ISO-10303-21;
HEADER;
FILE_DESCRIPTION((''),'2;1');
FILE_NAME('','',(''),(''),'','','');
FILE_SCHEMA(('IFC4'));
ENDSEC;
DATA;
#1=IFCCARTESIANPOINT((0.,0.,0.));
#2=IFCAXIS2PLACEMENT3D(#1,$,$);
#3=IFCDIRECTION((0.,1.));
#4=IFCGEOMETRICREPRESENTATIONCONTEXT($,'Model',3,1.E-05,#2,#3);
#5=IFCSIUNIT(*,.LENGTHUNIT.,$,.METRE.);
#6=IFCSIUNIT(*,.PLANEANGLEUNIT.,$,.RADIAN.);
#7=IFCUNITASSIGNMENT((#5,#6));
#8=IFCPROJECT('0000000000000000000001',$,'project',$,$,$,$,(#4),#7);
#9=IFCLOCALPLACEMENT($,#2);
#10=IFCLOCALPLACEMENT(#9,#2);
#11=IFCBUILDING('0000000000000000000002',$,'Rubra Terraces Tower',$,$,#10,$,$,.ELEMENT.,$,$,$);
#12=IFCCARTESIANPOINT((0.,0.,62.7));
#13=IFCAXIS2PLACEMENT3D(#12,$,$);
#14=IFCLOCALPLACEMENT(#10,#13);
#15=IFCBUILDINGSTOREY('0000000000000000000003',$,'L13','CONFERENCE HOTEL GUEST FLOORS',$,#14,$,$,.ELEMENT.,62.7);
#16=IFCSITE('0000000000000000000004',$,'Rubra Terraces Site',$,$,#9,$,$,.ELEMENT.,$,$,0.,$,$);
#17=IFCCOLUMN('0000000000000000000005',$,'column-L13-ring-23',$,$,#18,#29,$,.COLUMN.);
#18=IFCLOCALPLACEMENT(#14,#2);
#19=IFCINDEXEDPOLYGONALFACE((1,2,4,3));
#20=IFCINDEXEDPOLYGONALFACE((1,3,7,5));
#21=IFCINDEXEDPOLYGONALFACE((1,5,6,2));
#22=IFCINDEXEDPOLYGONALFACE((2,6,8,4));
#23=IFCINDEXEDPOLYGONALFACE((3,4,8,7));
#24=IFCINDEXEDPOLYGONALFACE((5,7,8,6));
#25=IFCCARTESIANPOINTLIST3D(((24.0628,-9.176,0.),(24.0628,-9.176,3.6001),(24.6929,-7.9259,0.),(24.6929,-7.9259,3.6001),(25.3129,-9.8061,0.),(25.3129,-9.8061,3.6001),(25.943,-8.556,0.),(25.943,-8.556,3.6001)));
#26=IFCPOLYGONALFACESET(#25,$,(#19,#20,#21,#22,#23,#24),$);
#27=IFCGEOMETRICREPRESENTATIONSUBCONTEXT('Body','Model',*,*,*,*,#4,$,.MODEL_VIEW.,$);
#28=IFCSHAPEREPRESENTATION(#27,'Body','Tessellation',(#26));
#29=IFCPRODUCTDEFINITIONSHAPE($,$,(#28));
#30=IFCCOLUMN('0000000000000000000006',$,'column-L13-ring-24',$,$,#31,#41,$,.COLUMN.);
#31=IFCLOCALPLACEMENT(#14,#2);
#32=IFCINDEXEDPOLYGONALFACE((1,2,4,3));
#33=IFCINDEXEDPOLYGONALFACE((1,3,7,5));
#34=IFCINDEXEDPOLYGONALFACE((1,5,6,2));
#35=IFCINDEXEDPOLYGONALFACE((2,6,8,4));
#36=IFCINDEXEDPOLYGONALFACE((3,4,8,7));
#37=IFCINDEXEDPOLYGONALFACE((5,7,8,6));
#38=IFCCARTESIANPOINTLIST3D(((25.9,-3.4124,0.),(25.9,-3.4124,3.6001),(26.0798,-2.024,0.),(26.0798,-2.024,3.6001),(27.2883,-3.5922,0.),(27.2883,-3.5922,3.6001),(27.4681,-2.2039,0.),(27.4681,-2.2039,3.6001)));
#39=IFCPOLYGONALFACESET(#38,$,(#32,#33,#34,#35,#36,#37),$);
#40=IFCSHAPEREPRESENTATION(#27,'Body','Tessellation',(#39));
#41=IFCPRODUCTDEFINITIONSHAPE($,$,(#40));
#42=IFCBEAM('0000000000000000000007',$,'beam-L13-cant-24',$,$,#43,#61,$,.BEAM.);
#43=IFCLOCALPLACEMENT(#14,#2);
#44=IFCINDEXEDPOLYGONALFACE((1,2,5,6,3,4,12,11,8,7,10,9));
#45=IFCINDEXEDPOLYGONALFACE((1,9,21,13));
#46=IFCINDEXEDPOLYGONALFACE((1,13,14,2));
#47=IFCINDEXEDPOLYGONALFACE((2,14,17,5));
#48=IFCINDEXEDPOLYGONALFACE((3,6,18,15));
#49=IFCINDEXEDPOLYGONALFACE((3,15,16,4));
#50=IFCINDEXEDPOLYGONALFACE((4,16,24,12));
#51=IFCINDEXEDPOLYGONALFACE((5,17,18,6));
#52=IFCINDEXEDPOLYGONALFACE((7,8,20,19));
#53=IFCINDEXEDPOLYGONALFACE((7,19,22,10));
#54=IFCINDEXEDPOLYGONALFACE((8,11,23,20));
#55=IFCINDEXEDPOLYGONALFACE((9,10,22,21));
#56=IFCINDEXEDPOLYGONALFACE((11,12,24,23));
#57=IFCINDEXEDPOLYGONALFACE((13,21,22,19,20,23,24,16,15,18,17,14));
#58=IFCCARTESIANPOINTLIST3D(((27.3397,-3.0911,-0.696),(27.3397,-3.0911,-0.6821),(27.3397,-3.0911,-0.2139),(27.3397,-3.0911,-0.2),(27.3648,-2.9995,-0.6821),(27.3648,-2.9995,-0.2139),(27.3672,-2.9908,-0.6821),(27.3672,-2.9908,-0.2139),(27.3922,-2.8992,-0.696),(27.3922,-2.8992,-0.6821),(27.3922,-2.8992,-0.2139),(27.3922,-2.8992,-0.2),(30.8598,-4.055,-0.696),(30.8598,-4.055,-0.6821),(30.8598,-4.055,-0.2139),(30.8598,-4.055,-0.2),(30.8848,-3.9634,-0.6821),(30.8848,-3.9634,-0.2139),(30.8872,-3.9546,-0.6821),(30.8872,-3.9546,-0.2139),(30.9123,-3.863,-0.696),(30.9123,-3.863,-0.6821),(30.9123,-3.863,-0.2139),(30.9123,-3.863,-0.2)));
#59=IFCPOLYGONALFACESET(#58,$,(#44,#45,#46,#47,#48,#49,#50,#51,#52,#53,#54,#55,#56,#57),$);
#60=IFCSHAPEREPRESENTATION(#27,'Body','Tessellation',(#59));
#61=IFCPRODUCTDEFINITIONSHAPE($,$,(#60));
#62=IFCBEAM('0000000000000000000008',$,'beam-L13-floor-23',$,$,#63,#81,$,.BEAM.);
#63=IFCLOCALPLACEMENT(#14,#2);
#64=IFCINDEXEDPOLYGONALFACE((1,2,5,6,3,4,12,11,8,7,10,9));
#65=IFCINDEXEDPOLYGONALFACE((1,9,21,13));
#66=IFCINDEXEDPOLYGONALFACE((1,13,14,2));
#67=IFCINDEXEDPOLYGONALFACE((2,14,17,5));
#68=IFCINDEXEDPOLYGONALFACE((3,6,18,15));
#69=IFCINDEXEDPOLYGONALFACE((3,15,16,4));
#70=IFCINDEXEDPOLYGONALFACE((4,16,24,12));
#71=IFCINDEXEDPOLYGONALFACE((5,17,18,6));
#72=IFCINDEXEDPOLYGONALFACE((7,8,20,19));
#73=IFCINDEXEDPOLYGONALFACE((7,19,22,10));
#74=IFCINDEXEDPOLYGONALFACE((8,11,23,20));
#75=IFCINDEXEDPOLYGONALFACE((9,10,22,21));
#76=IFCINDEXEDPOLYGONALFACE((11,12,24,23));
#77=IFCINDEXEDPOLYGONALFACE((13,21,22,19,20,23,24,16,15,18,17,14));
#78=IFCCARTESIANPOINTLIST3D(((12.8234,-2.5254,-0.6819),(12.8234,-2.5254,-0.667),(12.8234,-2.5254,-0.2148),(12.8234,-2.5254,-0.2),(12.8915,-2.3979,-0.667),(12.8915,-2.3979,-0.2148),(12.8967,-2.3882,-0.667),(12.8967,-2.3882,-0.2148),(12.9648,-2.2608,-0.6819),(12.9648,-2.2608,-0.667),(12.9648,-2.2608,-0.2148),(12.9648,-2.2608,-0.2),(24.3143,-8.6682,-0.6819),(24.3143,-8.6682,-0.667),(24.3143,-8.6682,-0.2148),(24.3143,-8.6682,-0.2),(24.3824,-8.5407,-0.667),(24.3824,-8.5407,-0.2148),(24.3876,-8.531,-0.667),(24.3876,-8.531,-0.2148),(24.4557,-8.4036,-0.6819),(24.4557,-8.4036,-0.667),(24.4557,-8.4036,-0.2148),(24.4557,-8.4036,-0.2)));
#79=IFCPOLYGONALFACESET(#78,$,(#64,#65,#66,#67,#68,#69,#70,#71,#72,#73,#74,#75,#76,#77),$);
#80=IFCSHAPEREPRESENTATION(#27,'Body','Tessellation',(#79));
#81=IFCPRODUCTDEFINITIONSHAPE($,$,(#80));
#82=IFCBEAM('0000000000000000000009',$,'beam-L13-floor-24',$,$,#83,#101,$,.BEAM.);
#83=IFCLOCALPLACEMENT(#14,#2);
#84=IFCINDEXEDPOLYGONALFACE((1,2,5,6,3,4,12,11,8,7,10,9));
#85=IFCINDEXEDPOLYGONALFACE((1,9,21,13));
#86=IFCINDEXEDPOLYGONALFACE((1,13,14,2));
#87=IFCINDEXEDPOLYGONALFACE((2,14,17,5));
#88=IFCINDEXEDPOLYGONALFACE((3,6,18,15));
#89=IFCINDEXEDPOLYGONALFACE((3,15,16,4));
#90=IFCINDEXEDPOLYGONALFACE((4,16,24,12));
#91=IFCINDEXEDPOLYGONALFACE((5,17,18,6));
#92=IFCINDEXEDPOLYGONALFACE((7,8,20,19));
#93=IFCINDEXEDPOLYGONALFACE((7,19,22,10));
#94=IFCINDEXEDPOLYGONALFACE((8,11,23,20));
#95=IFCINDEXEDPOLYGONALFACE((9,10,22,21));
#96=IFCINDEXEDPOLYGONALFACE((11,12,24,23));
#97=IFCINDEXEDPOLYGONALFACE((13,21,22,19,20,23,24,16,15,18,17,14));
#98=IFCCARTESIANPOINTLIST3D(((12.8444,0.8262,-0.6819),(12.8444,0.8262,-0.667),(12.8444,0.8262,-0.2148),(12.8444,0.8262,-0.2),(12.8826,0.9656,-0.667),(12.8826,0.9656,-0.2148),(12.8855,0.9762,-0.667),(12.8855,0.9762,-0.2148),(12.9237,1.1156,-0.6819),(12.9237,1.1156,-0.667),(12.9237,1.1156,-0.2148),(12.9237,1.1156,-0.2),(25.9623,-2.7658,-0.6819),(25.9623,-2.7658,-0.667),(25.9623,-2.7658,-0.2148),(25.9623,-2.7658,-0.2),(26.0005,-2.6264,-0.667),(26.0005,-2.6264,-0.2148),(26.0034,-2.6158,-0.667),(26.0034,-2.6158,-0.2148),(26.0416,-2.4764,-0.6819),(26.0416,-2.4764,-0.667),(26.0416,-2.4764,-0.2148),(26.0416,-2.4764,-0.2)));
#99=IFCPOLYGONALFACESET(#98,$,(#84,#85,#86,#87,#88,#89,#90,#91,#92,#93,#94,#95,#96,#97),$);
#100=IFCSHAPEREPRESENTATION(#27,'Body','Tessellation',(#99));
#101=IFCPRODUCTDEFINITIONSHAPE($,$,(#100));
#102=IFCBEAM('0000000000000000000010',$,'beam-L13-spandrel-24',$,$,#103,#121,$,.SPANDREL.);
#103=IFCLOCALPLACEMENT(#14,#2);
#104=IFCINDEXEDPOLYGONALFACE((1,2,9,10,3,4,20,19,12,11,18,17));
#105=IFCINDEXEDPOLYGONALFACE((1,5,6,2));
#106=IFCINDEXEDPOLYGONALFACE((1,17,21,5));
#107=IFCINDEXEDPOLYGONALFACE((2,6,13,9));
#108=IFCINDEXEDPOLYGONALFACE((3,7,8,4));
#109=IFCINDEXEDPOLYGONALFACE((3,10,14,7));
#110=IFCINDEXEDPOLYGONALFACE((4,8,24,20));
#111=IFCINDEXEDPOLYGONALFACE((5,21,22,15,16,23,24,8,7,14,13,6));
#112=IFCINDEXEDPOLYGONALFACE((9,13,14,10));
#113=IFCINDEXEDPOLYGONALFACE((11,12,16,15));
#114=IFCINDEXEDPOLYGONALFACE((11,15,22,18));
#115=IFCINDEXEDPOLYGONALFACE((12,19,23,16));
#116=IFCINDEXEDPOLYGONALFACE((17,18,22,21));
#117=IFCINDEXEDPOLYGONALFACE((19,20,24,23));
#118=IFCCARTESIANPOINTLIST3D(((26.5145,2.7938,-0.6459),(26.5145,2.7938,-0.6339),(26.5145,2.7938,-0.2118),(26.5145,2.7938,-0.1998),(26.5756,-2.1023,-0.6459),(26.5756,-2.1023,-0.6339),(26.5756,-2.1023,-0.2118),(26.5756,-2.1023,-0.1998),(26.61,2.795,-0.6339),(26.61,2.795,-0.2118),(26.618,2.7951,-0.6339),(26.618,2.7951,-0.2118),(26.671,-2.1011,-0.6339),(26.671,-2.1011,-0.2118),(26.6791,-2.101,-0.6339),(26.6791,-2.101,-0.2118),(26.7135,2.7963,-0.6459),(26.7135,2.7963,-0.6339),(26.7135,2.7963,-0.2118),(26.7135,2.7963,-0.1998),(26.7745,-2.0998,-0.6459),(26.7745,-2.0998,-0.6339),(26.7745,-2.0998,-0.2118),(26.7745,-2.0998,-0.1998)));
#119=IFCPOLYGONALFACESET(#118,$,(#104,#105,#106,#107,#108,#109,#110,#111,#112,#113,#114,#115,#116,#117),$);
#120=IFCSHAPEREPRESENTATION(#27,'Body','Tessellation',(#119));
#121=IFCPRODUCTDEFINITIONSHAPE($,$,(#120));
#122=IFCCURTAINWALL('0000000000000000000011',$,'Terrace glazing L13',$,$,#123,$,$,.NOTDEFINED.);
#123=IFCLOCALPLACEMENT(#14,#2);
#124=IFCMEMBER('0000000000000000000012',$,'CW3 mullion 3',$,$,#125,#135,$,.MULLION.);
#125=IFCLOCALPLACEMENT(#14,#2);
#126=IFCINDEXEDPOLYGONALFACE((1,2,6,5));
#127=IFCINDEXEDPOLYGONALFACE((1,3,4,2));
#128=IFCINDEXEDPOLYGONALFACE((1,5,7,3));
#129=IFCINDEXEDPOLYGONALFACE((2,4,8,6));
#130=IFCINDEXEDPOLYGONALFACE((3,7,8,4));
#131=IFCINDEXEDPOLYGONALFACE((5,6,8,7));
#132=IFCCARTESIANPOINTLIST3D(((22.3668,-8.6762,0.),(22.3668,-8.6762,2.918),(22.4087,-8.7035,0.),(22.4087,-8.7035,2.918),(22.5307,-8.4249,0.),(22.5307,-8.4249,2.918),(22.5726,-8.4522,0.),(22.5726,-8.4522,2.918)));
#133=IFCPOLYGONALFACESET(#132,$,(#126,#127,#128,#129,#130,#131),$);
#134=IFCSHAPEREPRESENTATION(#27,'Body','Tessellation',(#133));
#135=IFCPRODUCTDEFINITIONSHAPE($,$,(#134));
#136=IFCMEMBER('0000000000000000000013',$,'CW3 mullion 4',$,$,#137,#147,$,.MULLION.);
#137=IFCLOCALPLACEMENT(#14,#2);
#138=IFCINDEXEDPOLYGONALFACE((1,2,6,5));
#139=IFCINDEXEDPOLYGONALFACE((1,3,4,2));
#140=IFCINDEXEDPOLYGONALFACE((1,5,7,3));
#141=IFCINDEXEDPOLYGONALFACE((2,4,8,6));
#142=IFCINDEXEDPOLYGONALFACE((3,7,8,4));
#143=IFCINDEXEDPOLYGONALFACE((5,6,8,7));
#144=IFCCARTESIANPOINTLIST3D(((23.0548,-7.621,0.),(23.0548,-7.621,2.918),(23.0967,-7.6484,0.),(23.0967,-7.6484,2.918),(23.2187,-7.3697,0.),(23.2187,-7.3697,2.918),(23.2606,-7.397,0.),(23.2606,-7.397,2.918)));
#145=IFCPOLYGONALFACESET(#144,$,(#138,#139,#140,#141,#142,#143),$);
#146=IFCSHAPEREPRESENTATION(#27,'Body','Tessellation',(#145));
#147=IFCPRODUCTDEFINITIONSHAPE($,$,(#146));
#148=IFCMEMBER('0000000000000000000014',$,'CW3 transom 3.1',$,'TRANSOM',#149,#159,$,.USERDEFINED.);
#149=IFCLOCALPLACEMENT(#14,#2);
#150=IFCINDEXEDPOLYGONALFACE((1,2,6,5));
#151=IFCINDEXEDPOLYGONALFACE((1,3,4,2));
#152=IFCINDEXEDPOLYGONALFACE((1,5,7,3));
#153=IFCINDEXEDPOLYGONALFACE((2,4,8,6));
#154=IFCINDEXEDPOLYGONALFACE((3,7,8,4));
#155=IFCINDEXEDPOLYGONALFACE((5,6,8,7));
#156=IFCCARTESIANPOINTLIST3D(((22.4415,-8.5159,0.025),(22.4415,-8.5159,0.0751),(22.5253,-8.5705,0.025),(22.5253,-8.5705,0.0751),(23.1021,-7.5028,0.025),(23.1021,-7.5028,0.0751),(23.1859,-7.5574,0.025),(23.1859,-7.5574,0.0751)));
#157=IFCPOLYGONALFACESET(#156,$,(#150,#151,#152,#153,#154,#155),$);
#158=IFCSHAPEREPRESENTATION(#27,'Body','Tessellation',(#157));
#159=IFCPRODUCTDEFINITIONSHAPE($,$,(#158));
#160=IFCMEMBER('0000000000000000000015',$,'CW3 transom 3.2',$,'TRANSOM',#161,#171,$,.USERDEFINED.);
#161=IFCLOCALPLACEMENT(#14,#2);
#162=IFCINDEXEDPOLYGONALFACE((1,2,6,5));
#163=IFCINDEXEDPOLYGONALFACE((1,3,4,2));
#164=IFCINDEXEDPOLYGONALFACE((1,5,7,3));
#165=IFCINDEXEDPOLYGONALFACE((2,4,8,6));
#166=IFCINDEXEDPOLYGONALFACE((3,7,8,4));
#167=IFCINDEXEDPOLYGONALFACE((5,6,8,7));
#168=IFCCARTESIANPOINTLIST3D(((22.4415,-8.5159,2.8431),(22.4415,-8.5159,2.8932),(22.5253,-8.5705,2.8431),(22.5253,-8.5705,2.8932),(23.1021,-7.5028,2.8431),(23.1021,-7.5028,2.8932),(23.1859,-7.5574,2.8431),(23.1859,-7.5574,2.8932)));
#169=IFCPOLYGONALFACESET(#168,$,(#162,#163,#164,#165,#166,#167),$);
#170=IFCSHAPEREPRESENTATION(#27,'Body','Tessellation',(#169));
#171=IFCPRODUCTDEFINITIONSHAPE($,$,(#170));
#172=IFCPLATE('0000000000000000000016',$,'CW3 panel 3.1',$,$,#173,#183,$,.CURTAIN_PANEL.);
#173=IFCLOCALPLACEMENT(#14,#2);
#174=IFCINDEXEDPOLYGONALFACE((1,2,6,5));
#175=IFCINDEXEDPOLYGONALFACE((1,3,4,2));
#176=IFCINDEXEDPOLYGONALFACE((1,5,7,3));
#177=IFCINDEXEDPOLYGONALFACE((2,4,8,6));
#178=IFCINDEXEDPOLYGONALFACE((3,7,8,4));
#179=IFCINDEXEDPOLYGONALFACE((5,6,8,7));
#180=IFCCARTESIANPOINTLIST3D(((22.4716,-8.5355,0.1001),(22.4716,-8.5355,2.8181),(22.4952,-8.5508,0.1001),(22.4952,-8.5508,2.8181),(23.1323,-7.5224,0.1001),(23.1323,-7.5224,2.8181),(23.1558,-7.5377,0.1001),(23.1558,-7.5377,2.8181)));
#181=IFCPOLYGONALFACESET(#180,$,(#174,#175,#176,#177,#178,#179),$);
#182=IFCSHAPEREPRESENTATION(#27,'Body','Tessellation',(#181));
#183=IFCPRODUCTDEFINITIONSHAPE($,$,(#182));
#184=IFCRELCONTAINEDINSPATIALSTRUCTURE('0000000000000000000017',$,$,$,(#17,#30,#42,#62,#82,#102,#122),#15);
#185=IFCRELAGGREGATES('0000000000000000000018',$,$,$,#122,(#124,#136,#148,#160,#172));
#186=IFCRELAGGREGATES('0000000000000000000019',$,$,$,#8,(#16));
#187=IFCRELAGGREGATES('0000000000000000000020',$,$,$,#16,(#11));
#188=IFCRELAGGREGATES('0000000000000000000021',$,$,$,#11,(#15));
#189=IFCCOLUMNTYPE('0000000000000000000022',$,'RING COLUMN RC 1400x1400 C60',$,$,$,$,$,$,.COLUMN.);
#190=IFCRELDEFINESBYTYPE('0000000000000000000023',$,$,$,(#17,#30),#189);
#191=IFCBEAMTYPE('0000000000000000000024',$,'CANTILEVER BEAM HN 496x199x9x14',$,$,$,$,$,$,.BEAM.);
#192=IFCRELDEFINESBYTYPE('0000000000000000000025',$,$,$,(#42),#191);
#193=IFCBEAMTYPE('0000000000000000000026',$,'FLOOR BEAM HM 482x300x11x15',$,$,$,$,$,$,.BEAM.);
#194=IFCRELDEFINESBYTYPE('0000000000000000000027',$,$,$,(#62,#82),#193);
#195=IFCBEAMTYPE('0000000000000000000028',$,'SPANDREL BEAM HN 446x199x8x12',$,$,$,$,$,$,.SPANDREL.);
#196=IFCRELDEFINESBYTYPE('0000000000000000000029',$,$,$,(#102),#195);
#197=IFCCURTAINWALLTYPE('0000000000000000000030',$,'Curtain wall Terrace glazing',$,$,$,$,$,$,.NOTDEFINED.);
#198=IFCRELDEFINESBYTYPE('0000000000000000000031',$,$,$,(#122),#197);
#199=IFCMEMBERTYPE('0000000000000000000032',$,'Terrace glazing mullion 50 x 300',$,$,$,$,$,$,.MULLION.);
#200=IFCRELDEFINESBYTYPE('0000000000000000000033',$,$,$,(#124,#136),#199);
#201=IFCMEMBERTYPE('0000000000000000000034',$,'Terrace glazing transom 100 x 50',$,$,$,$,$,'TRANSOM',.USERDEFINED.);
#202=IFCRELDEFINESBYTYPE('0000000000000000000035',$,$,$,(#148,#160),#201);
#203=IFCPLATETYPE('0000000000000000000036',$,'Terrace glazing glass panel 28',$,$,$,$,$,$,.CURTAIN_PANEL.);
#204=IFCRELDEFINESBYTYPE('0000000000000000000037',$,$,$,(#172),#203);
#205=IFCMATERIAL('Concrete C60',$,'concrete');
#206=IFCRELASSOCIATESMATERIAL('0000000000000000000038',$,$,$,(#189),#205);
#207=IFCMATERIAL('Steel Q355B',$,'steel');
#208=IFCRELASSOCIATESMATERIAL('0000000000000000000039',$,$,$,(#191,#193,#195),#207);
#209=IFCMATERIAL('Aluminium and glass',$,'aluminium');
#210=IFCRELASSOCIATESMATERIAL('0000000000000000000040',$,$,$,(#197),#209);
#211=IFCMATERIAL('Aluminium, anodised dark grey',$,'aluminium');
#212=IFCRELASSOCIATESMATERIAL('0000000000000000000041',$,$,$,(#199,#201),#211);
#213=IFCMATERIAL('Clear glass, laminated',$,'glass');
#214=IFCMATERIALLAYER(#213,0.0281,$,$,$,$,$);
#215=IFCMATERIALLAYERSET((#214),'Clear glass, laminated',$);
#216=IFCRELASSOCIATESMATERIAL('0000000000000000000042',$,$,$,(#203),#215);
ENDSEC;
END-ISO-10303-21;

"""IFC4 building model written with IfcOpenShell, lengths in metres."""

from ifc_helpers import new_model, si_unit, direction, frame, origin, origin_2d, place, context, subcontext, project, spatial, rectangle, i_section, extrude, material, layer, layer_set, material_profile, profile_set, type_object, element, aggregate, save


model = new_model("IFC4")

# Units and contexts
model_context = context("Model", 3, precision=1e-05, world=origin(), true_north=direction((0.0, 1.0)))
body_context = subcontext(model_context, "Body", "Model", "MODEL_VIEW")
ifc_project = project(units=[si_unit("LENGTHUNIT", "METRE"), si_unit("PLANEANGLEUNIT", "RADIAN")], contexts=[model_context])

# Site, building, storey
site_placement = place(None, origin())
site = spatial("IfcSite", under=ifc_project, at=site_placement, Name="Rubra Terraces Site", CompositionType="ELEMENT", RefElevation=0.0)
building_placement = place(site_placement, origin())
building = spatial("IfcBuilding", under=site, at=building_placement, Name="Rubra Terraces Tower", CompositionType="ELEMENT")
storey_placement = place(building_placement, frame((0.0, 0.0, 62.7)))
storey = spatial("IfcBuildingStorey", under=building, at=storey_placement, Name="L13", Description="CONFERENCE HOTEL GUEST FLOORS", CompositionType="ELEMENT", Elevation=62.7)

# Columns
ifc_material_1 = material(Name="Concrete C60", Category="concrete")
ifc_material_profile_1 = material_profile(ifc_material_1, rectangle(XDim=1.3999, YDim=1.3999, at=origin_2d()), Name="RC 1400x1400")
ifc_profile_set_1 = profile_set([ifc_material_profile_1], Name="Concrete C60")
column_type = type_object("IfcColumnType", Name="RING COLUMN RC 1400x1400 C60", PredefinedType="COLUMN", material=ifc_profile_set_1)
for number, where, z_axis, x_axis, name in (
    (1, (25.0029, -8.866, 0.0), (0.0, 0.0, 1.0), (0.450099, 0.892979, 0.0), "column-L13-ring-23"),
    (2, (26.6841, -2.8081, 0.0), (0.0, 0.0, 1.0), (0.128445, 0.991717, 0.0), "column-L13-ring-24"),
):
    element("IfcColumn", number, at=place(storey_placement, frame(where, z_axis=z_axis, x_axis=x_axis)), inside=storey, type_object=column_type, Name=name, PredefinedType="COLUMN", context=body_context, shape_type="SweptSolid", body=[
        extrude(rectangle(XDim=1.3999, YDim=1.3999, at=origin_2d()), origin(), (0.0, 0.0, 1.0), 3.6001),
    ])

# Beams
ifc_material_2 = material(Name="Steel Q355B", Category="steel")
ifc_material_profile_2 = material_profile(ifc_material_2, i_section(OverallWidth=0.199, OverallDepth=0.4961, WebThickness=0.009, FlangeThickness=0.0139, at=origin_2d()), Name="HN 496x199x9x14")
ifc_profile_set_2 = profile_set([ifc_material_profile_2], Name="Steel Q355B")
beam_type_1 = type_object("IfcBeamType", Name="CANTILEVER BEAM HN 496x199x9x14", PredefinedType="BEAM", material=ifc_profile_set_2)
beam_1_placement = place(storey_placement, frame((27.366, -2.9951, -0.448), z_axis=(0.964495, -0.264102, 0.0), x_axis=(0.264102, 0.964495, 0.0)))
element("IfcBeam", 3, at=beam_1_placement, inside=storey, type_object=beam_type_1, Name="beam-L13-cant-24", PredefinedType="BEAM", context=body_context, shape_type="SweptSolid", body=[
    extrude(i_section(OverallWidth=0.199, OverallDepth=0.4961, WebThickness=0.009, FlangeThickness=0.0139, at=origin_2d()), origin(), (0.0, 0.0, 1.0), 3.6497),
])
ifc_material_profile_3 = material_profile(ifc_material_2, i_section(OverallWidth=0.3, OverallDepth=0.4819, WebThickness=0.011, FlangeThickness=0.0149, at=origin_2d()), Name="HM 482x300x11x15")
ifc_profile_set_3 = profile_set([ifc_material_profile_3], Name="Steel Q355B")
beam_type_2 = type_object("IfcBeamType", Name="FLOOR BEAM HM 482x300x11x15", PredefinedType="BEAM", material=ifc_profile_set_3)
beam_2_placement = place(storey_placement, frame((24.385, -8.5359, -0.4409), z_axis=(-0.881897, 0.471443, 0.0), x_axis=(-0.471443, -0.881897, 0.0)))
element("IfcBeam", 4, at=beam_2_placement, inside=storey, type_object=beam_type_2, Name="beam-L13-floor-23", PredefinedType="BEAM", context=body_context, shape_type="SweptSolid", body=[
    extrude(i_section(OverallWidth=0.3, OverallDepth=0.4819, WebThickness=0.011, FlangeThickness=0.0149, at=origin_2d()), origin(), (0.0, 0.0, 1.0), 13.0298),
])
beam_3_placement = place(storey_placement, frame((26.002, -2.6211, -0.4409), z_axis=(-0.964494, 0.264105, 0.0), x_axis=(-0.264105, -0.964494, 0.0)))
element("IfcBeam", 5, at=beam_3_placement, inside=storey, type_object=beam_type_2, Name="beam-L13-floor-24", PredefinedType="BEAM", context=body_context, shape_type="SweptSolid", body=[
    extrude(i_section(OverallWidth=0.3, OverallDepth=0.4819, WebThickness=0.011, FlangeThickness=0.0149, at=origin_2d()), origin(), (0.0, 0.0, 1.0), 13.6008),
])
ifc_material_profile_4 = material_profile(ifc_material_2, i_section(OverallWidth=0.199, OverallDepth=0.446, WebThickness=0.0081, FlangeThickness=0.012, at=origin_2d()), Name="HN 446x199x8x12")
ifc_profile_set_4 = profile_set([ifc_material_profile_4], Name="Steel Q355B")
beam_type_3 = type_object("IfcBeamType", Name="SPANDREL BEAM HN 446x199x8x12", PredefinedType="SPANDREL", material=ifc_profile_set_4)
beam_4_placement = place(storey_placement, frame((26.675, -2.1011, -0.4229), z_axis=(-0.012465, 0.999922, 0.0), x_axis=(-0.999922, -0.012465, 0.0)))
element("IfcBeam", 6, at=beam_4_placement, inside=storey, type_object=beam_type_3, Name="beam-L13-spandrel-24", PredefinedType="SPANDREL", context=body_context, shape_type="SweptSolid", body=[
    extrude(i_section(OverallWidth=0.199, OverallDepth=0.446, WebThickness=0.0081, FlangeThickness=0.012, at=origin_2d()), origin(), (0.0, 0.0, 1.0), 4.8965),
])

# Curtain wall, members, plate
ifc_material_3 = material(Name="Aluminium and glass", Category="aluminium")
curtain_wall_type = type_object("IfcCurtainWallType", Name="Curtain wall Terrace glazing", PredefinedType="NOTDEFINED", material=ifc_material_3)
curtain_wall_placement = place(storey_placement, origin())
curtain_wall = element("IfcCurtainWall", 7, at=curtain_wall_placement, inside=storey, type_object=curtain_wall_type, Name="Terrace glazing L13", PredefinedType="NOTDEFINED")
ifc_material_4 = material(Name="Aluminium, anodised dark grey", Category="aluminium")
ifc_material_profile_5 = material_profile(ifc_material_4, rectangle(XDim=0.05, YDim=0.3, at=origin_2d()), Name="AL 50x300")
ifc_profile_set_5 = profile_set([ifc_material_profile_5], Name="Aluminium, anodised dark grey")
member_type_1 = type_object("IfcMemberType", Name="Terrace glazing mullion 50 x 300", PredefinedType="MULLION", material=ifc_profile_set_5)
member_1_placement = place(storey_placement, frame((22.4697, -8.5642, 0.0), z_axis=(0.0, 0.0, 1.0), x_axis=(-0.837636, 0.546228, 0.0)))
member_1 = element("IfcMember", 8, at=member_1_placement, type_object=member_type_1, Name="CW3 mullion 3", PredefinedType="MULLION", context=body_context, shape_type="SweptSolid", body=[
    extrude(rectangle(XDim=0.05, YDim=0.3, at=origin_2d()), origin(), (0.0, 0.0, 1.0), 2.918),
])
member_2_placement = place(storey_placement, frame((23.1577, -7.509, 0.0), z_axis=(0.0, 0.0, 1.0), x_axis=(-0.837636, 0.546228, 0.0)))
member_2 = element("IfcMember", 9, at=member_2_placement, type_object=member_type_1, Name="CW3 mullion 4", PredefinedType="MULLION", context=body_context, shape_type="SweptSolid", body=[
    extrude(rectangle(XDim=0.05, YDim=0.3, at=origin_2d()), origin(), (0.0, 0.0, 1.0), 2.918),
])
ifc_material_profile_6 = material_profile(ifc_material_4, rectangle(XDim=0.1001, YDim=0.05, at=origin_2d()), Name="AL 100x50")
ifc_profile_set_6 = profile_set([ifc_material_profile_6], Name="Aluminium, anodised dark grey")
member_type_2 = type_object("IfcMemberType", Name="Terrace glazing transom 100 x 50", ElementType="TRANSOM", PredefinedType="USERDEFINED", material=ifc_profile_set_6)
member_3_placement = place(storey_placement, frame((22.4834, -8.5432, 0.05), z_axis=(0.546194, 0.837659, 0.0), x_axis=(-0.837659, 0.546194, 0.0)))
member_3 = element("IfcMember", 10, at=member_3_placement, type_object=member_type_2, Name="CW3 transom 3.1", ObjectType="TRANSOM", PredefinedType="USERDEFINED", context=body_context, shape_type="SweptSolid", body=[
    extrude(rectangle(XDim=0.1001, YDim=0.05, at=origin_2d()), origin(), (0.0, 0.0, 1.0), 1.2095),
])
member_4_placement = place(storey_placement, frame((22.4834, -8.5432, 2.8682), z_axis=(0.546194, 0.837659, 0.0), x_axis=(-0.837659, 0.546194, 0.0)))
member_4 = element("IfcMember", 11, at=member_4_placement, type_object=member_type_2, Name="CW3 transom 3.2", ObjectType="TRANSOM", PredefinedType="USERDEFINED", context=body_context, shape_type="SweptSolid", body=[
    extrude(rectangle(XDim=0.1001, YDim=0.05, at=origin_2d()), origin(), (0.0, 0.0, 1.0), 1.2095),
])
ifc_material_5 = material(Name="Clear glass, laminated", Category="glass")
ifc_layer_1 = layer(ifc_material_5, 0.0281)
ifc_layer_set_1 = layer_set([ifc_layer_1], Name="Clear glass, laminated")
plate_type = type_object("IfcPlateType", Name="Terrace glazing glass panel 28", PredefinedType="CURTAIN_PANEL", material=ifc_layer_set_1)
plate_placement = place(storey_placement, frame((22.8137, -8.0366, 0.1001), z_axis=(0.0, 0.0, 1.0), x_axis=(0.546228, 0.837636, 0.0)))
plate = element("IfcPlate", 12, at=plate_placement, type_object=plate_type, Name="CW3 panel 3.1", PredefinedType="CURTAIN_PANEL", context=body_context, shape_type="SweptSolid", body=[
    extrude(rectangle(XDim=1.2095, YDim=0.0281, at=origin_2d()), origin(), (0.0, 0.0, 1.0), 2.718),
])
aggregate(curtain_wall, [member_1, member_2, member_3, member_4, plate])

save(model, "model.ifc")
